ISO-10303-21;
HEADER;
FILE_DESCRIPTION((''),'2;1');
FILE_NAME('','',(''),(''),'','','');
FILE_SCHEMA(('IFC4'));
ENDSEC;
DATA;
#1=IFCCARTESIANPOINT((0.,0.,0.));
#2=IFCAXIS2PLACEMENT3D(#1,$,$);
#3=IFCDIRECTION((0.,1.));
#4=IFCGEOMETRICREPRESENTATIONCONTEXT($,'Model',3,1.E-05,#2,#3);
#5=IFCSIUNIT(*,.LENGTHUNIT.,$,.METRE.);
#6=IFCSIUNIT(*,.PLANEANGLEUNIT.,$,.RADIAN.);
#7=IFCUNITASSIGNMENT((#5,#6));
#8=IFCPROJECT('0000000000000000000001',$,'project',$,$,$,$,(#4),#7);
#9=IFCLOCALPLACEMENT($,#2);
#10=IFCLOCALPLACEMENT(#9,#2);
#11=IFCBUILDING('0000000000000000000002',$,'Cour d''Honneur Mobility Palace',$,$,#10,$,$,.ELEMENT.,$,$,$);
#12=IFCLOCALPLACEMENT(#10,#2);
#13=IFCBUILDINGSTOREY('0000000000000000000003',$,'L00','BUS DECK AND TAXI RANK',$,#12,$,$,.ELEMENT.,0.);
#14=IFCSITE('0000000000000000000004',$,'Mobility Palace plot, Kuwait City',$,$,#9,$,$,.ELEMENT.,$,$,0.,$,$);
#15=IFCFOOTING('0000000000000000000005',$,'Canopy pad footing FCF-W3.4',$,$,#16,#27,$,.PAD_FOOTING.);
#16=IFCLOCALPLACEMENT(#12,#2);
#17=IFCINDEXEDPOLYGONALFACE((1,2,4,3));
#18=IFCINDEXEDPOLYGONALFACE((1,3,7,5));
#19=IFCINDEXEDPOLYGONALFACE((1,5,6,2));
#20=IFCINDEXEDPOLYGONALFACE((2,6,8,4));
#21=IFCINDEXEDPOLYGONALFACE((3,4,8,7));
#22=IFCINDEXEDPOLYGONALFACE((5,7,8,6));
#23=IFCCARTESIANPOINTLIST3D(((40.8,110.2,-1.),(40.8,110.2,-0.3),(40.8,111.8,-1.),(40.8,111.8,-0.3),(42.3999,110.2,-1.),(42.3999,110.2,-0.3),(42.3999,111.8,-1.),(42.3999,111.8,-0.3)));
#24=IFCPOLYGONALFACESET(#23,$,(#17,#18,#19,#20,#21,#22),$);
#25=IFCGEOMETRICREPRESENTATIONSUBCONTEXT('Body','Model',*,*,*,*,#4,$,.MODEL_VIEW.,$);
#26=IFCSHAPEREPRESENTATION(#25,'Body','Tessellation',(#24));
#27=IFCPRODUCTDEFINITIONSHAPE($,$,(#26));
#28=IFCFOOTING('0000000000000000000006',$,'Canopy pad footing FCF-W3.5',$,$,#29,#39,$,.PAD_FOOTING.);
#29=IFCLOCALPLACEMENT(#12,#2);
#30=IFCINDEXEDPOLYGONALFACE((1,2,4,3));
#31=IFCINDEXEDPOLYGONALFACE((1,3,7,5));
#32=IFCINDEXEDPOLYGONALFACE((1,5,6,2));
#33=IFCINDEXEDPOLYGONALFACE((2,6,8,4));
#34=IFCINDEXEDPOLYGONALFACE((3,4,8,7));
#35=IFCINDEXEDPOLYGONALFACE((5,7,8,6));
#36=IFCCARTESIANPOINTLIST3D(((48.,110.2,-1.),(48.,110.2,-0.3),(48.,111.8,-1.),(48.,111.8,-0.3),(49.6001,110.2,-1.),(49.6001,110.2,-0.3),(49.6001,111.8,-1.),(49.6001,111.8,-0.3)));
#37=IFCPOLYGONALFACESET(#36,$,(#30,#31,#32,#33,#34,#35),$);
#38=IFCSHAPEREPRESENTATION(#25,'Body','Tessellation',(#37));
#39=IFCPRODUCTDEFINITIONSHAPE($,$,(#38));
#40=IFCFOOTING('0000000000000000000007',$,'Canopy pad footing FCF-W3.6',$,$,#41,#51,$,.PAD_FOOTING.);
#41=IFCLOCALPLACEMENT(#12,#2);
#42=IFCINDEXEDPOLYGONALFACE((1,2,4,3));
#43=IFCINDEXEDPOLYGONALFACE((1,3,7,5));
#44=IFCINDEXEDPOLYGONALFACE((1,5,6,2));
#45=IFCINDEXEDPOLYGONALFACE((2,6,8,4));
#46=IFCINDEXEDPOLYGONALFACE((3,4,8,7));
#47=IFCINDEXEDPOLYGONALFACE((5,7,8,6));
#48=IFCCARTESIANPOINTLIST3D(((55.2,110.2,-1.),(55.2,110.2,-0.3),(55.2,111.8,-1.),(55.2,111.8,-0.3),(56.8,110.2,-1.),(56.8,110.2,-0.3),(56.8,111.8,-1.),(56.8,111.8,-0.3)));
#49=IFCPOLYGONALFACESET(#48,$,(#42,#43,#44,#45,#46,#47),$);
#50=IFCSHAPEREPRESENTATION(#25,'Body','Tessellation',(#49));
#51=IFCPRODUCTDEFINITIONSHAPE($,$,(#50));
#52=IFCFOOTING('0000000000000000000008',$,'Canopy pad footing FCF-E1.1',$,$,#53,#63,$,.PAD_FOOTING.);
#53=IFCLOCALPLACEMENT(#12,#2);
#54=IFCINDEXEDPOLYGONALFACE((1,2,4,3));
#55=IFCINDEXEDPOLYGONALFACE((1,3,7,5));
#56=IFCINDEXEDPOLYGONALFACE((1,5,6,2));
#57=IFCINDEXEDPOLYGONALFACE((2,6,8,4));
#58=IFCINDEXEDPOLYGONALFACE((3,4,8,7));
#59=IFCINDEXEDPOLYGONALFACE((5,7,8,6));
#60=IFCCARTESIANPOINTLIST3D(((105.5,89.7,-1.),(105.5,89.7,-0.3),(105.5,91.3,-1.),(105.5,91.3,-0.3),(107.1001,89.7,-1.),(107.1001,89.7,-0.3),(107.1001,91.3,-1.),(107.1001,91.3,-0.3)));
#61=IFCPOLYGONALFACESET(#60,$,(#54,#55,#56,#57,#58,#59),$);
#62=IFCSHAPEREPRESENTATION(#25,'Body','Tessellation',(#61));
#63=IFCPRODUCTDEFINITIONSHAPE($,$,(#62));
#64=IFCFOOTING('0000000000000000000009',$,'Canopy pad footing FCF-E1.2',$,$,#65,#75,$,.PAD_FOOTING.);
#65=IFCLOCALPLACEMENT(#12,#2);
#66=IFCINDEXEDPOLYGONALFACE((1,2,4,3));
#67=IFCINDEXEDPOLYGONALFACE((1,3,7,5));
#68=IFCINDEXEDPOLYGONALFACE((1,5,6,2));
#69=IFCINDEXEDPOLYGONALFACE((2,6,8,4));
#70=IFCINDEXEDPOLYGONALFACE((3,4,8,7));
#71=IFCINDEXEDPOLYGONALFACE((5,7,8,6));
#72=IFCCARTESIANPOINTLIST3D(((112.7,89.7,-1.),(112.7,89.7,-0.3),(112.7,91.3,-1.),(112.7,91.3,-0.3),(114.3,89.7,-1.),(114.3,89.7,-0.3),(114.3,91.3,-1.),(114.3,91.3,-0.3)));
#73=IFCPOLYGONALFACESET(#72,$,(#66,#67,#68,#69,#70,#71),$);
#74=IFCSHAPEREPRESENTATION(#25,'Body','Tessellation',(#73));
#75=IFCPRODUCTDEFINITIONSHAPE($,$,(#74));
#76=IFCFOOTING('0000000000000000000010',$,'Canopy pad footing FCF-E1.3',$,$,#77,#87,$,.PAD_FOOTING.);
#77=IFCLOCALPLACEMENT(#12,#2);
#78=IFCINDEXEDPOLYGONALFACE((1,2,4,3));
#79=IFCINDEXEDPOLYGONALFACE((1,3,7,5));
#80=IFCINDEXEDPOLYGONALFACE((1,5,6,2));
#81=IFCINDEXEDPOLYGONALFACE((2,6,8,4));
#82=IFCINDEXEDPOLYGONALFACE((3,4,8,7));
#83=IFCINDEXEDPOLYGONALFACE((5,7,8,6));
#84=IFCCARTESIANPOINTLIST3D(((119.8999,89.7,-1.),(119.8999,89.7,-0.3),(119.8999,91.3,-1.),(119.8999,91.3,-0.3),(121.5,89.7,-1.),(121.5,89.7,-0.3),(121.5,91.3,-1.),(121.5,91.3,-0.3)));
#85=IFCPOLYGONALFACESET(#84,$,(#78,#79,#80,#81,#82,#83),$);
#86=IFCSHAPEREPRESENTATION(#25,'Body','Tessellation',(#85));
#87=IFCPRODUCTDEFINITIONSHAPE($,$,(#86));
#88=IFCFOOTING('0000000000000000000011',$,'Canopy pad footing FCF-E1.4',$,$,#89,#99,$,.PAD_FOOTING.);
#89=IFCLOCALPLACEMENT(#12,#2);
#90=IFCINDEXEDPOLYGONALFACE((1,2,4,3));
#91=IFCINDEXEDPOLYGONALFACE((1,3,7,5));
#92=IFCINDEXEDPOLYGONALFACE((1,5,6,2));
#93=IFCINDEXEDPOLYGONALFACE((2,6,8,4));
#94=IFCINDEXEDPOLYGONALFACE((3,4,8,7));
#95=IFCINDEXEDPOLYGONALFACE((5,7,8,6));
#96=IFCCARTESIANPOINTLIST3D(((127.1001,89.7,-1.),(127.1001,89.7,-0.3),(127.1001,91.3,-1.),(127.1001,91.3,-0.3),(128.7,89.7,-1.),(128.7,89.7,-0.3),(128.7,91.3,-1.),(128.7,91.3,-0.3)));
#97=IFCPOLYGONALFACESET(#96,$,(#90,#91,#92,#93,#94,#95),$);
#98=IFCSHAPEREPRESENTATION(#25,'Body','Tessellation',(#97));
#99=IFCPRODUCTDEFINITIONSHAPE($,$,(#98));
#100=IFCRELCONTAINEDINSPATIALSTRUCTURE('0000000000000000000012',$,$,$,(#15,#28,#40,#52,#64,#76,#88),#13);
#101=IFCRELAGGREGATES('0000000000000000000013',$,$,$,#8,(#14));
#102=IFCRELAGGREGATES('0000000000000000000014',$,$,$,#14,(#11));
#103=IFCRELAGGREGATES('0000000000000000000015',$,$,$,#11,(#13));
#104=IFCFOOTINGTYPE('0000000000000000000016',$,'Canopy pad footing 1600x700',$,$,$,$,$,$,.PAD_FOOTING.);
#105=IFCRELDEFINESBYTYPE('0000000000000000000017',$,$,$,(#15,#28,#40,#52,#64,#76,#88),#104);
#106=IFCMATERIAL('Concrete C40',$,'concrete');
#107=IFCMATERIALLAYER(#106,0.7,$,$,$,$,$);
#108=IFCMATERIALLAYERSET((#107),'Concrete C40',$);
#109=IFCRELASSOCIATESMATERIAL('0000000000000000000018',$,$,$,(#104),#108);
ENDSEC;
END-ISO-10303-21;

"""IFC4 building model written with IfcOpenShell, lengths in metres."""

from ifc_helpers import new_model, si_unit, direction, frame, origin, place, context, subcontext, project, spatial, polyline, outline, extrude, material, layer, layer_set, type_object, element, save


model = new_model("IFC4")

# Units and contexts
model_context = context("Model", 3, precision=1e-05, world=origin(), true_north=direction((0.0, 1.0)))
body_context = subcontext(model_context, "Body", "Model", "MODEL_VIEW")
ifc_project = project(units=[si_unit("LENGTHUNIT", "METRE"), si_unit("PLANEANGLEUNIT", "RADIAN")], contexts=[model_context])

# Site, building, storey
site_placement = place(None, origin())
site = spatial("IfcSite", under=ifc_project, at=site_placement, Name="Mobility Palace plot, Kuwait City", CompositionType="ELEMENT", RefElevation=0.0)
building_placement = place(site_placement, origin())
building = spatial("IfcBuilding", under=site, at=building_placement, Name="Cour d'Honneur Mobility Palace", CompositionType="ELEMENT")
storey_placement = place(building_placement, origin())
storey = spatial("IfcBuildingStorey", under=building, at=storey_placement, Name="L00", Description="BUS DECK AND TAXI RANK", CompositionType="ELEMENT", Elevation=0.0)

# Footings
ifc_material = material(Name="Concrete C40", Category="concrete")
ifc_layer = layer(ifc_material, 0.7)
ifc_layer_set = layer_set([ifc_layer], Name="Concrete C40")
footing_type = type_object("IfcFootingType", Name="Canopy pad footing 1600x700", PredefinedType="PAD_FOOTING", material=ifc_layer_set)
footing_1_placement = place(storey_placement, frame((0.0, 0.0, -1.0)))
element("IfcFooting", 1, at=footing_1_placement, inside=storey, type_object=footing_type, Name="Canopy pad footing FCF-W3.4", PredefinedType="PAD_FOOTING", context=body_context, shape_type="SweptSolid", body=[
    extrude(outline(polyline([(40.8, 110.2), (42.3999, 110.2), (42.3999, 111.8), (40.8, 111.8), (40.8, 110.2)])), origin(), (0.0, 0.0, 1.0), 0.7),
])
footing_2_placement = place(storey_placement, frame((0.0, 0.0, -1.0)))
element("IfcFooting", 2, at=footing_2_placement, inside=storey, type_object=footing_type, Name="Canopy pad footing FCF-W3.5", PredefinedType="PAD_FOOTING", context=body_context, shape_type="SweptSolid", body=[
    extrude(outline(polyline([(48.0, 110.2), (49.6001, 110.2), (49.6001, 111.8), (48.0, 111.8), (48.0, 110.2)])), origin(), (0.0, 0.0, 1.0), 0.7),
])
footing_3_placement = place(storey_placement, frame((0.0, 0.0, -1.0)))
element("IfcFooting", 3, at=footing_3_placement, inside=storey, type_object=footing_type, Name="Canopy pad footing FCF-W3.6", PredefinedType="PAD_FOOTING", context=body_context, shape_type="SweptSolid", body=[
    extrude(outline(polyline([(55.2, 110.2), (56.8, 110.2), (56.8, 111.8), (55.2, 111.8), (55.2, 110.2)])), origin(), (0.0, 0.0, 1.0), 0.7),
])
footing_4_placement = place(storey_placement, frame((0.0, 0.0, -1.0)))
element("IfcFooting", 4, at=footing_4_placement, inside=storey, type_object=footing_type, Name="Canopy pad footing FCF-E1.1", PredefinedType="PAD_FOOTING", context=body_context, shape_type="SweptSolid", body=[
    extrude(outline(polyline([(105.5, 89.7), (107.1001, 89.7), (107.1001, 91.3), (105.5, 91.3), (105.5, 89.7)])), origin(), (0.0, 0.0, 1.0), 0.7),
])
footing_5_placement = place(storey_placement, frame((0.0, 0.0, -1.0)))
element("IfcFooting", 5, at=footing_5_placement, inside=storey, type_object=footing_type, Name="Canopy pad footing FCF-E1.2", PredefinedType="PAD_FOOTING", context=body_context, shape_type="SweptSolid", body=[
    extrude(outline(polyline([(112.7, 89.7), (114.3, 89.7), (114.3, 91.3), (112.7, 91.3), (112.7, 89.7)])), origin(), (0.0, 0.0, 1.0), 0.7),
])
footing_6_placement = place(storey_placement, frame((0.0, 0.0, -1.0)))
element("IfcFooting", 6, at=footing_6_placement, inside=storey, type_object=footing_type, Name="Canopy pad footing FCF-E1.3", PredefinedType="PAD_FOOTING", context=body_context, shape_type="SweptSolid", body=[
    extrude(outline(polyline([(119.8999, 89.7), (121.5, 89.7), (121.5, 91.3), (119.8999, 91.3), (119.8999, 89.7)])), origin(), (0.0, 0.0, 1.0), 0.7),
])
footing_7_placement = place(storey_placement, frame((0.0, 0.0, -1.0)))
element("IfcFooting", 7, at=footing_7_placement, inside=storey, type_object=footing_type, Name="Canopy pad footing FCF-E1.4", PredefinedType="PAD_FOOTING", context=body_context, shape_type="SweptSolid", body=[
    extrude(outline(polyline([(127.1001, 89.7), (128.7, 89.7), (128.7, 91.3), (127.1001, 91.3), (127.1001, 89.7)])), origin(), (0.0, 0.0, 1.0), 0.7),
])

save(model, "model.ifc")
